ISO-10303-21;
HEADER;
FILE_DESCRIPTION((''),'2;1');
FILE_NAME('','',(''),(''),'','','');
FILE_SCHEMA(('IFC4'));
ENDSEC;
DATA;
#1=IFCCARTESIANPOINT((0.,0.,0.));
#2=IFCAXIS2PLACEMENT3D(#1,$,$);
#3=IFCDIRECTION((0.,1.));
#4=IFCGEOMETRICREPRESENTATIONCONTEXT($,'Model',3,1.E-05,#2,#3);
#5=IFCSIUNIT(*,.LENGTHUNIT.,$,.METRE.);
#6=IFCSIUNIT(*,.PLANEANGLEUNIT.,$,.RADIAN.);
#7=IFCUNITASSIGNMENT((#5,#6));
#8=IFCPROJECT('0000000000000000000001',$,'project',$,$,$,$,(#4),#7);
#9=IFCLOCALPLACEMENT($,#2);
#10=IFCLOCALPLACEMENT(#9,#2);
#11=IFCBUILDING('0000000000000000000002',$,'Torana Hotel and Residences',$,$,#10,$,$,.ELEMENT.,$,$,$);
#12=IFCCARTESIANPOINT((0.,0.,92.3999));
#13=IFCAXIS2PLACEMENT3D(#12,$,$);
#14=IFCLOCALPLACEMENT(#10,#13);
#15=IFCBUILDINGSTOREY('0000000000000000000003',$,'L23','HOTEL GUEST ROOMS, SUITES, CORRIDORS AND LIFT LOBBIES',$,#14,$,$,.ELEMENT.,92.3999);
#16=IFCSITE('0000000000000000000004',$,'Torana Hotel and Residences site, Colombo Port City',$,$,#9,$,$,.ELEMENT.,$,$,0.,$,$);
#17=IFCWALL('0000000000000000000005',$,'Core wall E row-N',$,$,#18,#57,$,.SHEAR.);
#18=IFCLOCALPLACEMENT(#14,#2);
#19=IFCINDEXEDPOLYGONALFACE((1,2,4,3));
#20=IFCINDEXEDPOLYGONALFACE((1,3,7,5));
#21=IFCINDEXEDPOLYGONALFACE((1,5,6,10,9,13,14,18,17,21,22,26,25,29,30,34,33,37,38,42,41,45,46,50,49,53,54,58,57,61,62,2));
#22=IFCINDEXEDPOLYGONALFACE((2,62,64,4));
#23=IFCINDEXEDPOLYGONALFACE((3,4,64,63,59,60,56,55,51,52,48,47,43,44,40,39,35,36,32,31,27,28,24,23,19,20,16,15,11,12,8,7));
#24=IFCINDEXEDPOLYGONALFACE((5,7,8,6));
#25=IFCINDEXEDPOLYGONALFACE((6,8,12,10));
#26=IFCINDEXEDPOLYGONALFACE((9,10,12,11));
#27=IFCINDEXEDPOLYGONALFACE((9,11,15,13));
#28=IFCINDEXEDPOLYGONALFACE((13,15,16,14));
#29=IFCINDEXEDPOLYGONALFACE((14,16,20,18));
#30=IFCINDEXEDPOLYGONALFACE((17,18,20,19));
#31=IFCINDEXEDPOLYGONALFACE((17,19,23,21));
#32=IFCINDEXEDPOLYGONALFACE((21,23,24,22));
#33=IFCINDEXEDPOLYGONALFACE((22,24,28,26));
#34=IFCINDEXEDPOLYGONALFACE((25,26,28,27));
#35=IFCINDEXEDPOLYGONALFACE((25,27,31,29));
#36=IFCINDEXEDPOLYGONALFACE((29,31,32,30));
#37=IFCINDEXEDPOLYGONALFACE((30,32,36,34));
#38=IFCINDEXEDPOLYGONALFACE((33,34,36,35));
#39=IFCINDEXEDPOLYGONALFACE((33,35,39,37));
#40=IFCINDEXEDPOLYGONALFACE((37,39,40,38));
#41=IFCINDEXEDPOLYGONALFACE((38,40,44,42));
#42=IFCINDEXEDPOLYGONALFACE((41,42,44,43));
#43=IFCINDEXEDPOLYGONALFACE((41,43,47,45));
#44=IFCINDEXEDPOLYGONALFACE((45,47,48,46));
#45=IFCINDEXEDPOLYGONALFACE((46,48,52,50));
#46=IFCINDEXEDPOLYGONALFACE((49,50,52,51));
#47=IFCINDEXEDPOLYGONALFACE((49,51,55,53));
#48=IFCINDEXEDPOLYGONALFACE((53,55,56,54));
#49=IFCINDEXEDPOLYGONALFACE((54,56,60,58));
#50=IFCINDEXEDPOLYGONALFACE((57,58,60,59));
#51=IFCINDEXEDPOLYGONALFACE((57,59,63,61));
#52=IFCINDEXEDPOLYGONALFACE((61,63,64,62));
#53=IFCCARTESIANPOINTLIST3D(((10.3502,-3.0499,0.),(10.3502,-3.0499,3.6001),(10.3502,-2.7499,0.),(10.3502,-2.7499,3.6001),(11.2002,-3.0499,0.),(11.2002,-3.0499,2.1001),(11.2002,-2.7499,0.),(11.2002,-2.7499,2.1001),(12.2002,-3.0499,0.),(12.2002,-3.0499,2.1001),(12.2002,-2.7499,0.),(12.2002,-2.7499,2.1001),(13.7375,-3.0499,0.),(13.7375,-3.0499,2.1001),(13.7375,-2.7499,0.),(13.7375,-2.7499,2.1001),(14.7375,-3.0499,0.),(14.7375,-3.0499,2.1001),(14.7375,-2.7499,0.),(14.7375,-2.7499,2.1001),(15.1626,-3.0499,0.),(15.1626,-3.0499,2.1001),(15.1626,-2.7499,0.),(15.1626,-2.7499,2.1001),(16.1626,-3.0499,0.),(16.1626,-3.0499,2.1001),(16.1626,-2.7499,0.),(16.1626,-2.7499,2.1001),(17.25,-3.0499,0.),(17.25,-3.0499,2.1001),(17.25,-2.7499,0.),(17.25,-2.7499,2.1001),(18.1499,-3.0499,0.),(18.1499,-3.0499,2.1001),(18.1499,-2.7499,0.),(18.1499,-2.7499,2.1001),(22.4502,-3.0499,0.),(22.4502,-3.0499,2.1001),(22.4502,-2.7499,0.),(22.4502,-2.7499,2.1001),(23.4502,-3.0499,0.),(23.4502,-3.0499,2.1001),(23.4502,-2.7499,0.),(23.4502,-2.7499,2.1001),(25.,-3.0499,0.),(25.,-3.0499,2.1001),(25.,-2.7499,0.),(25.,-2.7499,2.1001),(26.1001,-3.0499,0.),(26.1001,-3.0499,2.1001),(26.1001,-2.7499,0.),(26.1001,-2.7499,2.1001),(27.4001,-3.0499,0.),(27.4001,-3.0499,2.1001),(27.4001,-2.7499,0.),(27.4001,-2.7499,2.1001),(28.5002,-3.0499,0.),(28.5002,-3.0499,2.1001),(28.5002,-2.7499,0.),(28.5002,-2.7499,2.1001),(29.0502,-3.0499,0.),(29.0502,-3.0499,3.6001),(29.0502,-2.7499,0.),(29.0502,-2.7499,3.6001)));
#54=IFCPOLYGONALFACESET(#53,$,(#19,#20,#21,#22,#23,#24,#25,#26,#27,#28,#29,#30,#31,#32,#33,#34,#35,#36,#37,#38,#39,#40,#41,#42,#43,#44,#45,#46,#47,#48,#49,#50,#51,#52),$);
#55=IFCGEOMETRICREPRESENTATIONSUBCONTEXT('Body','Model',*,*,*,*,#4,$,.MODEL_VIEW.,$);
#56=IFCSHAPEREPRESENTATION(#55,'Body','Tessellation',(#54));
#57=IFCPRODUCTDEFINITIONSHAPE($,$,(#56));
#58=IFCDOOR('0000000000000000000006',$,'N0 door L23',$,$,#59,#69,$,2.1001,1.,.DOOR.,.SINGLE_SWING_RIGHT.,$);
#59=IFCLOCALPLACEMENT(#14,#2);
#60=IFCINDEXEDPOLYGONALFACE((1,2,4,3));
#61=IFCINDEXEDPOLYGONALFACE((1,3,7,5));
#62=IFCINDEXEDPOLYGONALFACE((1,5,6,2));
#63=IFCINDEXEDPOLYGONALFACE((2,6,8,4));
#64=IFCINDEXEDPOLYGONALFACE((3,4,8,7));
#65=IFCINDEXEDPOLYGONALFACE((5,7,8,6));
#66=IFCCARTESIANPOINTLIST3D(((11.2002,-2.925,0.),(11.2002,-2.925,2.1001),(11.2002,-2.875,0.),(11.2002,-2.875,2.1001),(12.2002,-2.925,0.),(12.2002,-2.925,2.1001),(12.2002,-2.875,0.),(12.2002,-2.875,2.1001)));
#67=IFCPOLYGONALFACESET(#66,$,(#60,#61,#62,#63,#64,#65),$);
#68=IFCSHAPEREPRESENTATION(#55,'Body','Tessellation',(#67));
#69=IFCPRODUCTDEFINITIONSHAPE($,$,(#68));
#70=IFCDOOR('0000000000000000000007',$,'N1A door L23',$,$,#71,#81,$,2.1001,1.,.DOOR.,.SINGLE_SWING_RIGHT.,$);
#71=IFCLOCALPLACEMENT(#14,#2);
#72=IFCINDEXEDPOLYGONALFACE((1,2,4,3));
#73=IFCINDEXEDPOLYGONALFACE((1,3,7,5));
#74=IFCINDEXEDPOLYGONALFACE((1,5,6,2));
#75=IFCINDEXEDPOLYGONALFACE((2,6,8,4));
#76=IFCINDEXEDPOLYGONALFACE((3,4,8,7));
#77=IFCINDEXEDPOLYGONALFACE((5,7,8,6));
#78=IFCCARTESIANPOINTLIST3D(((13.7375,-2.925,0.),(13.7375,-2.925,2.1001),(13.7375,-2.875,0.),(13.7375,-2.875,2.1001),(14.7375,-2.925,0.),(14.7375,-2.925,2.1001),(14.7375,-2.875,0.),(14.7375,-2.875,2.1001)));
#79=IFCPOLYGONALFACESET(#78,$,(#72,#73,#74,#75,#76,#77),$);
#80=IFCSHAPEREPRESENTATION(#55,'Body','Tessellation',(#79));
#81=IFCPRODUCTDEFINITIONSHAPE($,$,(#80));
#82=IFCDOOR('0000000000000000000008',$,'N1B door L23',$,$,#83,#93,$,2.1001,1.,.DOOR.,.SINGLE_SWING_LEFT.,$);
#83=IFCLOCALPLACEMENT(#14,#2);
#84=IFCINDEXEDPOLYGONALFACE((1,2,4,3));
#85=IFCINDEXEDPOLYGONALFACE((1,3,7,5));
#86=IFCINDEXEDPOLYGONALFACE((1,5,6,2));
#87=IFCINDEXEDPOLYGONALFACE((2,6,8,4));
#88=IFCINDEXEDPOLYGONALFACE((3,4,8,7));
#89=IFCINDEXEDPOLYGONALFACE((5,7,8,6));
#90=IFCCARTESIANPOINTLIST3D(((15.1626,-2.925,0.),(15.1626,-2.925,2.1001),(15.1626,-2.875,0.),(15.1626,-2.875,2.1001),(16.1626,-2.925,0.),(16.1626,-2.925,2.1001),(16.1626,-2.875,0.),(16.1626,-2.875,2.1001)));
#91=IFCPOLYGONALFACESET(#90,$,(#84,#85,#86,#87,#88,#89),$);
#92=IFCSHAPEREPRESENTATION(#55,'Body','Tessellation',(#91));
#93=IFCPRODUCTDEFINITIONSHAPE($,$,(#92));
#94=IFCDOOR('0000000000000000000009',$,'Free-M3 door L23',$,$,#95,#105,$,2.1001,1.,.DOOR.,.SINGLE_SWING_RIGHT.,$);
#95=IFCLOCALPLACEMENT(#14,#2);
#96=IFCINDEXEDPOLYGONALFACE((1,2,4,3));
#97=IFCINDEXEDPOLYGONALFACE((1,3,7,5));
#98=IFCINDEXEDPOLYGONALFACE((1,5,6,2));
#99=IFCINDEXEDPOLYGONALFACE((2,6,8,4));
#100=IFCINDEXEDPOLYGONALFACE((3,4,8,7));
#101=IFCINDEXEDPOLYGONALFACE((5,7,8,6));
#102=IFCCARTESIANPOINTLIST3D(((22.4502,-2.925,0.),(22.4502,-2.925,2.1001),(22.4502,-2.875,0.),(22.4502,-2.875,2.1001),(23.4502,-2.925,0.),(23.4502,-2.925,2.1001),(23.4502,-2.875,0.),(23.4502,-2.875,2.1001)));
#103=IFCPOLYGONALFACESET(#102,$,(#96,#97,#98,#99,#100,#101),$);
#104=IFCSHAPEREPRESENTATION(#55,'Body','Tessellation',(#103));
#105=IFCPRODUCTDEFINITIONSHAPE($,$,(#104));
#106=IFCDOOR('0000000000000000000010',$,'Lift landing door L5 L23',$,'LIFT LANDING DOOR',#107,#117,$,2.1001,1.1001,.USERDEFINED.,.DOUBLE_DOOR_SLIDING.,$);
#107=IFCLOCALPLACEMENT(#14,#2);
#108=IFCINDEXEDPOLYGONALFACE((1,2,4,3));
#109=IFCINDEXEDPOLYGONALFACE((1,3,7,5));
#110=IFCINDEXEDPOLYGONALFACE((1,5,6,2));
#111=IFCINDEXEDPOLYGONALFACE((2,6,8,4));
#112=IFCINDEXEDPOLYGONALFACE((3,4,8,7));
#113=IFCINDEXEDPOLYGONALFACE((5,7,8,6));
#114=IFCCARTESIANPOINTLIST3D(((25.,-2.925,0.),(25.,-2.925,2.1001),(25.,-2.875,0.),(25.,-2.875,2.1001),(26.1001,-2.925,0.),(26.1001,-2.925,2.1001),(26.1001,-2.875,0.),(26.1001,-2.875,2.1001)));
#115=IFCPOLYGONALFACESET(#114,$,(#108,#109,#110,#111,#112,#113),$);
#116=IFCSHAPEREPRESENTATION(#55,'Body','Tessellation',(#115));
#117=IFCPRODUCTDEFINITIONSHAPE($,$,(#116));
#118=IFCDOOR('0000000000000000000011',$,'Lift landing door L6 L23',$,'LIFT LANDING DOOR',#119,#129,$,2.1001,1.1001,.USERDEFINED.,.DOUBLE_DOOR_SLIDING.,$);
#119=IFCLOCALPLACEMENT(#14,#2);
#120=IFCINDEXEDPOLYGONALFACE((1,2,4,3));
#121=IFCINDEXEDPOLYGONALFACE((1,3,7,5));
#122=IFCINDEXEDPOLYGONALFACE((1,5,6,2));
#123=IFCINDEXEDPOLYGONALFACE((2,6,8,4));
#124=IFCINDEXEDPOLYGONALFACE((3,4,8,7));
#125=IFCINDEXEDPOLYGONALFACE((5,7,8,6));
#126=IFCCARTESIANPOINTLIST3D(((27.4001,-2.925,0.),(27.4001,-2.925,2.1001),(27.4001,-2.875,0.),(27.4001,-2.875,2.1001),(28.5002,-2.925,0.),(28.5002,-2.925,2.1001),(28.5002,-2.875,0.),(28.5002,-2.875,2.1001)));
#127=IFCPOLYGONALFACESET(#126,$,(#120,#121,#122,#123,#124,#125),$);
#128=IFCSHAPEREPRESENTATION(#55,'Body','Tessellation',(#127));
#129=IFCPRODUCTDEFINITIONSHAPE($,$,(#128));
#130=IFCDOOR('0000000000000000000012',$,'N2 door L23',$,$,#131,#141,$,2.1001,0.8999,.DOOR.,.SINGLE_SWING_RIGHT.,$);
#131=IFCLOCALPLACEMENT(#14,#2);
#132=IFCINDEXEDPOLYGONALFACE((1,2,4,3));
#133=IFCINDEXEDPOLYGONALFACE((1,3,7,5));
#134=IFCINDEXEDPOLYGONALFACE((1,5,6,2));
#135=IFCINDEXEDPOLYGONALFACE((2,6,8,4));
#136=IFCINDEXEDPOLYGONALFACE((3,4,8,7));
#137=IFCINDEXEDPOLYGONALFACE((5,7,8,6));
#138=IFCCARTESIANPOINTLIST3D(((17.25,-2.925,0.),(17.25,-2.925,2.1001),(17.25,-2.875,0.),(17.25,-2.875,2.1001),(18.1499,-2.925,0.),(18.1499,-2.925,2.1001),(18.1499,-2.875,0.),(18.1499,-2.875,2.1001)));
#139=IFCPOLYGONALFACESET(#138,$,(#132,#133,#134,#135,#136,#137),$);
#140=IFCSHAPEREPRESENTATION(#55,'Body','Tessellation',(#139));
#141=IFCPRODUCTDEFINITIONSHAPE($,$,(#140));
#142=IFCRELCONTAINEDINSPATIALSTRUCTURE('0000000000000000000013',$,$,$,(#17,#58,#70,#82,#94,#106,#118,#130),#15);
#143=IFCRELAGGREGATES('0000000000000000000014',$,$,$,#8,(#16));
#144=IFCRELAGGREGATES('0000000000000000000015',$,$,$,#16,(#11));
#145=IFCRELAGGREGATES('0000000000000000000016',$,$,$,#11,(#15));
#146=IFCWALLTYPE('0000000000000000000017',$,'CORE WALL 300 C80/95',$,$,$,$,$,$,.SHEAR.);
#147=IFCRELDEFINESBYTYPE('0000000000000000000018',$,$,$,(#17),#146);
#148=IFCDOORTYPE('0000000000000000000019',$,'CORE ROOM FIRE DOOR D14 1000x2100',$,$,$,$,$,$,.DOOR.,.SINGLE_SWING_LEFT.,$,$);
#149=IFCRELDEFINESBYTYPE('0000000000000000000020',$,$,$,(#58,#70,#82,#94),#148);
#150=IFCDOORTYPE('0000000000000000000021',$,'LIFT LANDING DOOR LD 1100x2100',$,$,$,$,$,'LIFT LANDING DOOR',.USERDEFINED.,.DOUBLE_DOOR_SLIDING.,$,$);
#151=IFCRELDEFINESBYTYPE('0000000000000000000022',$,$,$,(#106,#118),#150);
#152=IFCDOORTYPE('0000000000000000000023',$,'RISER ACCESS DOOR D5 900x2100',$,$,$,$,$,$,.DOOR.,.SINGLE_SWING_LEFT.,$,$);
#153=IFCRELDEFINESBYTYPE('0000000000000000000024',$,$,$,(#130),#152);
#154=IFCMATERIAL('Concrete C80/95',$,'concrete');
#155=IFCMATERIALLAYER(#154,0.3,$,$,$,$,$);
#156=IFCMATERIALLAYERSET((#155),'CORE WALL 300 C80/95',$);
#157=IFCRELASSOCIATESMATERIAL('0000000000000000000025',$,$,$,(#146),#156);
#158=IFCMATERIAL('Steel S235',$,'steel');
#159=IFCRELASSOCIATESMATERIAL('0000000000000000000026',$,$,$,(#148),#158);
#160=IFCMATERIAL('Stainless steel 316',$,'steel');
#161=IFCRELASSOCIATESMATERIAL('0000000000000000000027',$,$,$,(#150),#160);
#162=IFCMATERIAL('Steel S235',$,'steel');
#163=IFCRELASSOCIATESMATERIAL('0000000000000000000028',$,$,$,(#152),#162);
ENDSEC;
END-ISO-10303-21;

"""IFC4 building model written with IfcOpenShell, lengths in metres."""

from ifc_helpers import new_model, si_unit, direction, frame, frame_2d, origin, place, context, subcontext, project, spatial, rectangle, extrude, material, layer, layer_set, type_object, element, fill, save


model = new_model("IFC4")

# Units and contexts
model_context = context("Model", 3, precision=1e-05, world=origin(), true_north=direction((0.0, 1.0)))
body_context = subcontext(model_context, "Body", "Model", "MODEL_VIEW")
ifc_project = project(units=[si_unit("LENGTHUNIT", "METRE"), si_unit("PLANEANGLEUNIT", "RADIAN")], contexts=[model_context])

# Site, building, storey
site_placement = place(None, origin())
site = spatial("IfcSite", under=ifc_project, at=site_placement, Name="Torana Hotel and Residences site, Colombo Port City", CompositionType="ELEMENT", RefElevation=0.0)
building_placement = place(site_placement, origin())
building = spatial("IfcBuilding", under=site, at=building_placement, Name="Torana Hotel and Residences", CompositionType="ELEMENT")
storey_placement = place(building_placement, frame((0.0, 0.0, 92.3999)))
storey = spatial("IfcBuildingStorey", under=building, at=storey_placement, Name="L23", Description="HOTEL GUEST ROOMS, SUITES, CORRIDORS AND LIFT LOBBIES", CompositionType="ELEMENT", Elevation=92.3999)

# Wall, openings, doors
ifc_material_1 = material(Name="Concrete C80/95", Category="concrete")
ifc_layer_1 = layer(ifc_material_1, 0.3)
ifc_layer_set_1 = layer_set([ifc_layer_1], Name="CORE WALL 300 C80/95")
wall_type_1 = type_object("IfcWallType", Name="CORE WALL 300 C80/95", PredefinedType="SHEAR", material=ifc_layer_set_1)
wall_1_placement = place(storey_placement, frame((10.3501, -2.8999, 0.0), z_axis=(0.0, 0.0, 1.0), x_axis=(1.0, 0.0, 0.0)))
wall_1 = element("IfcWall", 1, at=wall_1_placement, inside=storey, type_object=wall_type_1, Name="Core wall E row-N", PredefinedType="SHEAR", context=body_context, shape_type="SweptSolid", body=[
    extrude(rectangle(XDim=18.7, YDim=0.3, at=frame_2d((9.3501, 0.0))), origin(), (0.0, 0.0, 1.0), 3.6001),
])
opening_1_placement = place(wall_1_placement, frame((14.6499, 0.0, 0.0)))
opening_1 = element("IfcOpeningElement", 2, at=opening_1_placement, cuts=wall_1, PredefinedType="OPENING", context=body_context, shape_type="SweptSolid", body=[
    extrude(rectangle(XDim=1.1001, YDim=2.1001, at=frame_2d((0.55, 1.05))), frame((0.0, 0.1599, 0.0), z_axis=(0.0, -1.0, 0.0), x_axis=(1.0, 0.0, 0.0)), (0.0, 0.0, 1.0), 0.3201),
])
opening_2_placement = place(wall_1_placement, frame((17.05, 0.0, 0.0)))
opening_2 = element("IfcOpeningElement", 3, at=opening_2_placement, cuts=wall_1, PredefinedType="OPENING", context=body_context, shape_type="SweptSolid", body=[
    extrude(rectangle(XDim=1.1001, YDim=2.1001, at=frame_2d((0.55, 1.05))), frame((0.0, 0.1599, 0.0), z_axis=(0.0, -1.0, 0.0), x_axis=(1.0, 0.0, 0.0)), (0.0, 0.0, 1.0), 0.3201),
])
opening_3_placement = place(wall_1_placement, frame((6.8999, 0.0, 0.0)))
opening_3 = element("IfcOpeningElement", 4, at=opening_3_placement, cuts=wall_1, PredefinedType="OPENING", context=body_context, shape_type="SweptSolid", body=[
    extrude(rectangle(XDim=0.8999, YDim=2.1001, at=frame_2d((0.45, 1.05))), frame((0.0, 0.1599, 0.0), z_axis=(0.0, -1.0, 0.0), x_axis=(1.0, 0.0, 0.0)), (0.0, 0.0, 1.0), 0.3201),
])
opening_4_placement = place(wall_1_placement, frame((0.8501, 0.0, 0.0)))
opening_4 = element("IfcOpeningElement", 5, at=opening_4_placement, cuts=wall_1, PredefinedType="OPENING", context=body_context, shape_type="SweptSolid", body=[
    extrude(rectangle(XDim=1.0, YDim=2.1001, at=frame_2d((0.5, 1.05))), frame((0.0, 0.1599, 0.0), z_axis=(0.0, -1.0, 0.0), x_axis=(1.0, 0.0, 0.0)), (0.0, 0.0, 1.0), 0.3201),
])
opening_5_placement = place(wall_1_placement, frame((3.3875, 0.0, 0.0)))
opening_5 = element("IfcOpeningElement", 6, at=opening_5_placement, cuts=wall_1, PredefinedType="OPENING", context=body_context, shape_type="SweptSolid", body=[
    extrude(rectangle(XDim=1.0, YDim=2.1001, at=frame_2d((0.5, 1.05))), frame((0.0, 0.1599, 0.0), z_axis=(0.0, -1.0, 0.0), x_axis=(1.0, 0.0, 0.0)), (0.0, 0.0, 1.0), 0.3201),
])
opening_6_placement = place(wall_1_placement, frame((4.8125, 0.0, 0.0)))
opening_6 = element("IfcOpeningElement", 7, at=opening_6_placement, cuts=wall_1, PredefinedType="OPENING", context=body_context, shape_type="SweptSolid", body=[
    extrude(rectangle(XDim=1.0, YDim=2.1001, at=frame_2d((0.5, 1.05))), frame((0.0, 0.1599, 0.0), z_axis=(0.0, -1.0, 0.0), x_axis=(1.0, 0.0, 0.0)), (0.0, 0.0, 1.0), 0.3201),
])
opening_7_placement = place(wall_1_placement, frame((12.1001, 0.0, 0.0)))
opening_7 = element("IfcOpeningElement", 8, at=opening_7_placement, cuts=wall_1, PredefinedType="OPENING", context=body_context, shape_type="SweptSolid", body=[
    extrude(rectangle(XDim=1.0, YDim=2.1001, at=frame_2d((0.5, 1.05))), frame((0.0, 0.1599, 0.0), z_axis=(0.0, -1.0, 0.0), x_axis=(1.0, 0.0, 0.0)), (0.0, 0.0, 1.0), 0.3201),
])
ifc_material_2 = material(Name="Steel S235", Category="steel")
door_type_1 = type_object("IfcDoorType", Name="CORE ROOM FIRE DOOR D14 1000x2100", OperationType="SINGLE_SWING_LEFT", PredefinedType="DOOR", material=ifc_material_2)
door_1_placement = place(opening_4_placement, origin())
door_1 = element("IfcDoor", 9, at=door_1_placement, inside=storey, type_object=door_type_1, Name="N0 door L23", OperationType="SINGLE_SWING_RIGHT", OverallHeight=2.1001, OverallWidth=1.0, PredefinedType="DOOR", context=body_context, shape_type="SweptSolid", body=[
    extrude(rectangle(XDim=1.0, YDim=2.1001, at=frame_2d((0.5, 1.05))), frame((0.0, 0.0249, 0.0), z_axis=(0.0, -1.0, 0.0), x_axis=(1.0, 0.0, 0.0)), (0.0, 0.0, 1.0), 0.05),
])
fill(opening_4, door_1)
door_2_placement = place(opening_5_placement, origin())
door_2 = element("IfcDoor", 10, at=door_2_placement, inside=storey, type_object=door_type_1, Name="N1A door L23", OperationType="SINGLE_SWING_RIGHT", OverallHeight=2.1001, OverallWidth=1.0, PredefinedType="DOOR", context=body_context, shape_type="SweptSolid", body=[
    extrude(rectangle(XDim=1.0, YDim=2.1001, at=frame_2d((0.5, 1.05))), frame((0.0, 0.0249, 0.0), z_axis=(0.0, -1.0, 0.0), x_axis=(1.0, 0.0, 0.0)), (0.0, 0.0, 1.0), 0.05),
])
fill(opening_5, door_2)
door_3_placement = place(opening_6_placement, origin())
door_3 = element("IfcDoor", 11, at=door_3_placement, inside=storey, type_object=door_type_1, Name="N1B door L23", OperationType="SINGLE_SWING_LEFT", OverallHeight=2.1001, OverallWidth=1.0, PredefinedType="DOOR", context=body_context, shape_type="SweptSolid", body=[
    extrude(rectangle(XDim=1.0, YDim=2.1001, at=frame_2d((0.5, 1.05))), frame((0.0, 0.0249, 0.0), z_axis=(0.0, -1.0, 0.0), x_axis=(1.0, 0.0, 0.0)), (0.0, 0.0, 1.0), 0.05),
])
fill(opening_6, door_3)
door_4_placement = place(opening_7_placement, origin())
door_4 = element("IfcDoor", 12, at=door_4_placement, inside=storey, type_object=door_type_1, Name="Free-M3 door L23", OperationType="SINGLE_SWING_RIGHT", OverallHeight=2.1001, OverallWidth=1.0, PredefinedType="DOOR", context=body_context, shape_type="SweptSolid", body=[
    extrude(rectangle(XDim=1.0, YDim=2.1001, at=frame_2d((0.5, 1.05))), frame((0.0, 0.0249, 0.0), z_axis=(0.0, -1.0, 0.0), x_axis=(1.0, 0.0, 0.0)), (0.0, 0.0, 1.0), 0.05),
])
fill(opening_7, door_4)
ifc_material_3 = material(Name="Stainless steel 316", Category="steel")
door_type_2 = type_object("IfcDoorType", Name="LIFT LANDING DOOR LD 1100x2100", ElementType="LIFT LANDING DOOR", OperationType="DOUBLE_DOOR_SLIDING", PredefinedType="USERDEFINED", material=ifc_material_3)
door_5_placement = place(opening_1_placement, origin())
door_5 = element("IfcDoor", 13, at=door_5_placement, inside=storey, type_object=door_type_2, Name="Lift landing door L5 L23", ObjectType="LIFT LANDING DOOR", OperationType="DOUBLE_DOOR_SLIDING", OverallHeight=2.1001, OverallWidth=1.1001, PredefinedType="USERDEFINED", context=body_context, shape_type="SweptSolid", body=[
    extrude(rectangle(XDim=1.1001, YDim=2.1001, at=frame_2d((0.55, 1.05))), frame((0.0, 0.0249, 0.0), z_axis=(0.0, -1.0, 0.0), x_axis=(1.0, 0.0, 0.0)), (0.0, 0.0, 1.0), 0.05),
])
fill(opening_1, door_5)
door_6_placement = place(opening_2_placement, origin())
door_6 = element("IfcDoor", 14, at=door_6_placement, inside=storey, type_object=door_type_2, Name="Lift landing door L6 L23", ObjectType="LIFT LANDING DOOR", OperationType="DOUBLE_DOOR_SLIDING", OverallHeight=2.1001, OverallWidth=1.1001, PredefinedType="USERDEFINED", context=body_context, shape_type="SweptSolid", body=[
    extrude(rectangle(XDim=1.1001, YDim=2.1001, at=frame_2d((0.55, 1.05))), frame((0.0, 0.0249, 0.0), z_axis=(0.0, -1.0, 0.0), x_axis=(1.0, 0.0, 0.0)), (0.0, 0.0, 1.0), 0.05),
])
fill(opening_2, door_6)
ifc_material_4 = material(Name="Steel S235", Category="steel")
door_type_3 = type_object("IfcDoorType", Name="RISER ACCESS DOOR D5 900x2100", OperationType="SINGLE_SWING_LEFT", PredefinedType="DOOR", material=ifc_material_4)
door_7_placement = place(opening_3_placement, origin())
door_7 = element("IfcDoor", 15, at=door_7_placement, inside=storey, type_object=door_type_3, Name="N2 door L23", OperationType="SINGLE_SWING_RIGHT", OverallHeight=2.1001, OverallWidth=0.8999, PredefinedType="DOOR", context=body_context, shape_type="SweptSolid", body=[
    extrude(rectangle(XDim=0.8999, YDim=2.1001, at=frame_2d((0.45, 1.05))), frame((0.0, 0.0249, 0.0), z_axis=(0.0, -1.0, 0.0), x_axis=(1.0, 0.0, 0.0)), (0.0, 0.0, 1.0), 0.05),
])
fill(opening_3, door_7)

save(model, "model.ifc")
